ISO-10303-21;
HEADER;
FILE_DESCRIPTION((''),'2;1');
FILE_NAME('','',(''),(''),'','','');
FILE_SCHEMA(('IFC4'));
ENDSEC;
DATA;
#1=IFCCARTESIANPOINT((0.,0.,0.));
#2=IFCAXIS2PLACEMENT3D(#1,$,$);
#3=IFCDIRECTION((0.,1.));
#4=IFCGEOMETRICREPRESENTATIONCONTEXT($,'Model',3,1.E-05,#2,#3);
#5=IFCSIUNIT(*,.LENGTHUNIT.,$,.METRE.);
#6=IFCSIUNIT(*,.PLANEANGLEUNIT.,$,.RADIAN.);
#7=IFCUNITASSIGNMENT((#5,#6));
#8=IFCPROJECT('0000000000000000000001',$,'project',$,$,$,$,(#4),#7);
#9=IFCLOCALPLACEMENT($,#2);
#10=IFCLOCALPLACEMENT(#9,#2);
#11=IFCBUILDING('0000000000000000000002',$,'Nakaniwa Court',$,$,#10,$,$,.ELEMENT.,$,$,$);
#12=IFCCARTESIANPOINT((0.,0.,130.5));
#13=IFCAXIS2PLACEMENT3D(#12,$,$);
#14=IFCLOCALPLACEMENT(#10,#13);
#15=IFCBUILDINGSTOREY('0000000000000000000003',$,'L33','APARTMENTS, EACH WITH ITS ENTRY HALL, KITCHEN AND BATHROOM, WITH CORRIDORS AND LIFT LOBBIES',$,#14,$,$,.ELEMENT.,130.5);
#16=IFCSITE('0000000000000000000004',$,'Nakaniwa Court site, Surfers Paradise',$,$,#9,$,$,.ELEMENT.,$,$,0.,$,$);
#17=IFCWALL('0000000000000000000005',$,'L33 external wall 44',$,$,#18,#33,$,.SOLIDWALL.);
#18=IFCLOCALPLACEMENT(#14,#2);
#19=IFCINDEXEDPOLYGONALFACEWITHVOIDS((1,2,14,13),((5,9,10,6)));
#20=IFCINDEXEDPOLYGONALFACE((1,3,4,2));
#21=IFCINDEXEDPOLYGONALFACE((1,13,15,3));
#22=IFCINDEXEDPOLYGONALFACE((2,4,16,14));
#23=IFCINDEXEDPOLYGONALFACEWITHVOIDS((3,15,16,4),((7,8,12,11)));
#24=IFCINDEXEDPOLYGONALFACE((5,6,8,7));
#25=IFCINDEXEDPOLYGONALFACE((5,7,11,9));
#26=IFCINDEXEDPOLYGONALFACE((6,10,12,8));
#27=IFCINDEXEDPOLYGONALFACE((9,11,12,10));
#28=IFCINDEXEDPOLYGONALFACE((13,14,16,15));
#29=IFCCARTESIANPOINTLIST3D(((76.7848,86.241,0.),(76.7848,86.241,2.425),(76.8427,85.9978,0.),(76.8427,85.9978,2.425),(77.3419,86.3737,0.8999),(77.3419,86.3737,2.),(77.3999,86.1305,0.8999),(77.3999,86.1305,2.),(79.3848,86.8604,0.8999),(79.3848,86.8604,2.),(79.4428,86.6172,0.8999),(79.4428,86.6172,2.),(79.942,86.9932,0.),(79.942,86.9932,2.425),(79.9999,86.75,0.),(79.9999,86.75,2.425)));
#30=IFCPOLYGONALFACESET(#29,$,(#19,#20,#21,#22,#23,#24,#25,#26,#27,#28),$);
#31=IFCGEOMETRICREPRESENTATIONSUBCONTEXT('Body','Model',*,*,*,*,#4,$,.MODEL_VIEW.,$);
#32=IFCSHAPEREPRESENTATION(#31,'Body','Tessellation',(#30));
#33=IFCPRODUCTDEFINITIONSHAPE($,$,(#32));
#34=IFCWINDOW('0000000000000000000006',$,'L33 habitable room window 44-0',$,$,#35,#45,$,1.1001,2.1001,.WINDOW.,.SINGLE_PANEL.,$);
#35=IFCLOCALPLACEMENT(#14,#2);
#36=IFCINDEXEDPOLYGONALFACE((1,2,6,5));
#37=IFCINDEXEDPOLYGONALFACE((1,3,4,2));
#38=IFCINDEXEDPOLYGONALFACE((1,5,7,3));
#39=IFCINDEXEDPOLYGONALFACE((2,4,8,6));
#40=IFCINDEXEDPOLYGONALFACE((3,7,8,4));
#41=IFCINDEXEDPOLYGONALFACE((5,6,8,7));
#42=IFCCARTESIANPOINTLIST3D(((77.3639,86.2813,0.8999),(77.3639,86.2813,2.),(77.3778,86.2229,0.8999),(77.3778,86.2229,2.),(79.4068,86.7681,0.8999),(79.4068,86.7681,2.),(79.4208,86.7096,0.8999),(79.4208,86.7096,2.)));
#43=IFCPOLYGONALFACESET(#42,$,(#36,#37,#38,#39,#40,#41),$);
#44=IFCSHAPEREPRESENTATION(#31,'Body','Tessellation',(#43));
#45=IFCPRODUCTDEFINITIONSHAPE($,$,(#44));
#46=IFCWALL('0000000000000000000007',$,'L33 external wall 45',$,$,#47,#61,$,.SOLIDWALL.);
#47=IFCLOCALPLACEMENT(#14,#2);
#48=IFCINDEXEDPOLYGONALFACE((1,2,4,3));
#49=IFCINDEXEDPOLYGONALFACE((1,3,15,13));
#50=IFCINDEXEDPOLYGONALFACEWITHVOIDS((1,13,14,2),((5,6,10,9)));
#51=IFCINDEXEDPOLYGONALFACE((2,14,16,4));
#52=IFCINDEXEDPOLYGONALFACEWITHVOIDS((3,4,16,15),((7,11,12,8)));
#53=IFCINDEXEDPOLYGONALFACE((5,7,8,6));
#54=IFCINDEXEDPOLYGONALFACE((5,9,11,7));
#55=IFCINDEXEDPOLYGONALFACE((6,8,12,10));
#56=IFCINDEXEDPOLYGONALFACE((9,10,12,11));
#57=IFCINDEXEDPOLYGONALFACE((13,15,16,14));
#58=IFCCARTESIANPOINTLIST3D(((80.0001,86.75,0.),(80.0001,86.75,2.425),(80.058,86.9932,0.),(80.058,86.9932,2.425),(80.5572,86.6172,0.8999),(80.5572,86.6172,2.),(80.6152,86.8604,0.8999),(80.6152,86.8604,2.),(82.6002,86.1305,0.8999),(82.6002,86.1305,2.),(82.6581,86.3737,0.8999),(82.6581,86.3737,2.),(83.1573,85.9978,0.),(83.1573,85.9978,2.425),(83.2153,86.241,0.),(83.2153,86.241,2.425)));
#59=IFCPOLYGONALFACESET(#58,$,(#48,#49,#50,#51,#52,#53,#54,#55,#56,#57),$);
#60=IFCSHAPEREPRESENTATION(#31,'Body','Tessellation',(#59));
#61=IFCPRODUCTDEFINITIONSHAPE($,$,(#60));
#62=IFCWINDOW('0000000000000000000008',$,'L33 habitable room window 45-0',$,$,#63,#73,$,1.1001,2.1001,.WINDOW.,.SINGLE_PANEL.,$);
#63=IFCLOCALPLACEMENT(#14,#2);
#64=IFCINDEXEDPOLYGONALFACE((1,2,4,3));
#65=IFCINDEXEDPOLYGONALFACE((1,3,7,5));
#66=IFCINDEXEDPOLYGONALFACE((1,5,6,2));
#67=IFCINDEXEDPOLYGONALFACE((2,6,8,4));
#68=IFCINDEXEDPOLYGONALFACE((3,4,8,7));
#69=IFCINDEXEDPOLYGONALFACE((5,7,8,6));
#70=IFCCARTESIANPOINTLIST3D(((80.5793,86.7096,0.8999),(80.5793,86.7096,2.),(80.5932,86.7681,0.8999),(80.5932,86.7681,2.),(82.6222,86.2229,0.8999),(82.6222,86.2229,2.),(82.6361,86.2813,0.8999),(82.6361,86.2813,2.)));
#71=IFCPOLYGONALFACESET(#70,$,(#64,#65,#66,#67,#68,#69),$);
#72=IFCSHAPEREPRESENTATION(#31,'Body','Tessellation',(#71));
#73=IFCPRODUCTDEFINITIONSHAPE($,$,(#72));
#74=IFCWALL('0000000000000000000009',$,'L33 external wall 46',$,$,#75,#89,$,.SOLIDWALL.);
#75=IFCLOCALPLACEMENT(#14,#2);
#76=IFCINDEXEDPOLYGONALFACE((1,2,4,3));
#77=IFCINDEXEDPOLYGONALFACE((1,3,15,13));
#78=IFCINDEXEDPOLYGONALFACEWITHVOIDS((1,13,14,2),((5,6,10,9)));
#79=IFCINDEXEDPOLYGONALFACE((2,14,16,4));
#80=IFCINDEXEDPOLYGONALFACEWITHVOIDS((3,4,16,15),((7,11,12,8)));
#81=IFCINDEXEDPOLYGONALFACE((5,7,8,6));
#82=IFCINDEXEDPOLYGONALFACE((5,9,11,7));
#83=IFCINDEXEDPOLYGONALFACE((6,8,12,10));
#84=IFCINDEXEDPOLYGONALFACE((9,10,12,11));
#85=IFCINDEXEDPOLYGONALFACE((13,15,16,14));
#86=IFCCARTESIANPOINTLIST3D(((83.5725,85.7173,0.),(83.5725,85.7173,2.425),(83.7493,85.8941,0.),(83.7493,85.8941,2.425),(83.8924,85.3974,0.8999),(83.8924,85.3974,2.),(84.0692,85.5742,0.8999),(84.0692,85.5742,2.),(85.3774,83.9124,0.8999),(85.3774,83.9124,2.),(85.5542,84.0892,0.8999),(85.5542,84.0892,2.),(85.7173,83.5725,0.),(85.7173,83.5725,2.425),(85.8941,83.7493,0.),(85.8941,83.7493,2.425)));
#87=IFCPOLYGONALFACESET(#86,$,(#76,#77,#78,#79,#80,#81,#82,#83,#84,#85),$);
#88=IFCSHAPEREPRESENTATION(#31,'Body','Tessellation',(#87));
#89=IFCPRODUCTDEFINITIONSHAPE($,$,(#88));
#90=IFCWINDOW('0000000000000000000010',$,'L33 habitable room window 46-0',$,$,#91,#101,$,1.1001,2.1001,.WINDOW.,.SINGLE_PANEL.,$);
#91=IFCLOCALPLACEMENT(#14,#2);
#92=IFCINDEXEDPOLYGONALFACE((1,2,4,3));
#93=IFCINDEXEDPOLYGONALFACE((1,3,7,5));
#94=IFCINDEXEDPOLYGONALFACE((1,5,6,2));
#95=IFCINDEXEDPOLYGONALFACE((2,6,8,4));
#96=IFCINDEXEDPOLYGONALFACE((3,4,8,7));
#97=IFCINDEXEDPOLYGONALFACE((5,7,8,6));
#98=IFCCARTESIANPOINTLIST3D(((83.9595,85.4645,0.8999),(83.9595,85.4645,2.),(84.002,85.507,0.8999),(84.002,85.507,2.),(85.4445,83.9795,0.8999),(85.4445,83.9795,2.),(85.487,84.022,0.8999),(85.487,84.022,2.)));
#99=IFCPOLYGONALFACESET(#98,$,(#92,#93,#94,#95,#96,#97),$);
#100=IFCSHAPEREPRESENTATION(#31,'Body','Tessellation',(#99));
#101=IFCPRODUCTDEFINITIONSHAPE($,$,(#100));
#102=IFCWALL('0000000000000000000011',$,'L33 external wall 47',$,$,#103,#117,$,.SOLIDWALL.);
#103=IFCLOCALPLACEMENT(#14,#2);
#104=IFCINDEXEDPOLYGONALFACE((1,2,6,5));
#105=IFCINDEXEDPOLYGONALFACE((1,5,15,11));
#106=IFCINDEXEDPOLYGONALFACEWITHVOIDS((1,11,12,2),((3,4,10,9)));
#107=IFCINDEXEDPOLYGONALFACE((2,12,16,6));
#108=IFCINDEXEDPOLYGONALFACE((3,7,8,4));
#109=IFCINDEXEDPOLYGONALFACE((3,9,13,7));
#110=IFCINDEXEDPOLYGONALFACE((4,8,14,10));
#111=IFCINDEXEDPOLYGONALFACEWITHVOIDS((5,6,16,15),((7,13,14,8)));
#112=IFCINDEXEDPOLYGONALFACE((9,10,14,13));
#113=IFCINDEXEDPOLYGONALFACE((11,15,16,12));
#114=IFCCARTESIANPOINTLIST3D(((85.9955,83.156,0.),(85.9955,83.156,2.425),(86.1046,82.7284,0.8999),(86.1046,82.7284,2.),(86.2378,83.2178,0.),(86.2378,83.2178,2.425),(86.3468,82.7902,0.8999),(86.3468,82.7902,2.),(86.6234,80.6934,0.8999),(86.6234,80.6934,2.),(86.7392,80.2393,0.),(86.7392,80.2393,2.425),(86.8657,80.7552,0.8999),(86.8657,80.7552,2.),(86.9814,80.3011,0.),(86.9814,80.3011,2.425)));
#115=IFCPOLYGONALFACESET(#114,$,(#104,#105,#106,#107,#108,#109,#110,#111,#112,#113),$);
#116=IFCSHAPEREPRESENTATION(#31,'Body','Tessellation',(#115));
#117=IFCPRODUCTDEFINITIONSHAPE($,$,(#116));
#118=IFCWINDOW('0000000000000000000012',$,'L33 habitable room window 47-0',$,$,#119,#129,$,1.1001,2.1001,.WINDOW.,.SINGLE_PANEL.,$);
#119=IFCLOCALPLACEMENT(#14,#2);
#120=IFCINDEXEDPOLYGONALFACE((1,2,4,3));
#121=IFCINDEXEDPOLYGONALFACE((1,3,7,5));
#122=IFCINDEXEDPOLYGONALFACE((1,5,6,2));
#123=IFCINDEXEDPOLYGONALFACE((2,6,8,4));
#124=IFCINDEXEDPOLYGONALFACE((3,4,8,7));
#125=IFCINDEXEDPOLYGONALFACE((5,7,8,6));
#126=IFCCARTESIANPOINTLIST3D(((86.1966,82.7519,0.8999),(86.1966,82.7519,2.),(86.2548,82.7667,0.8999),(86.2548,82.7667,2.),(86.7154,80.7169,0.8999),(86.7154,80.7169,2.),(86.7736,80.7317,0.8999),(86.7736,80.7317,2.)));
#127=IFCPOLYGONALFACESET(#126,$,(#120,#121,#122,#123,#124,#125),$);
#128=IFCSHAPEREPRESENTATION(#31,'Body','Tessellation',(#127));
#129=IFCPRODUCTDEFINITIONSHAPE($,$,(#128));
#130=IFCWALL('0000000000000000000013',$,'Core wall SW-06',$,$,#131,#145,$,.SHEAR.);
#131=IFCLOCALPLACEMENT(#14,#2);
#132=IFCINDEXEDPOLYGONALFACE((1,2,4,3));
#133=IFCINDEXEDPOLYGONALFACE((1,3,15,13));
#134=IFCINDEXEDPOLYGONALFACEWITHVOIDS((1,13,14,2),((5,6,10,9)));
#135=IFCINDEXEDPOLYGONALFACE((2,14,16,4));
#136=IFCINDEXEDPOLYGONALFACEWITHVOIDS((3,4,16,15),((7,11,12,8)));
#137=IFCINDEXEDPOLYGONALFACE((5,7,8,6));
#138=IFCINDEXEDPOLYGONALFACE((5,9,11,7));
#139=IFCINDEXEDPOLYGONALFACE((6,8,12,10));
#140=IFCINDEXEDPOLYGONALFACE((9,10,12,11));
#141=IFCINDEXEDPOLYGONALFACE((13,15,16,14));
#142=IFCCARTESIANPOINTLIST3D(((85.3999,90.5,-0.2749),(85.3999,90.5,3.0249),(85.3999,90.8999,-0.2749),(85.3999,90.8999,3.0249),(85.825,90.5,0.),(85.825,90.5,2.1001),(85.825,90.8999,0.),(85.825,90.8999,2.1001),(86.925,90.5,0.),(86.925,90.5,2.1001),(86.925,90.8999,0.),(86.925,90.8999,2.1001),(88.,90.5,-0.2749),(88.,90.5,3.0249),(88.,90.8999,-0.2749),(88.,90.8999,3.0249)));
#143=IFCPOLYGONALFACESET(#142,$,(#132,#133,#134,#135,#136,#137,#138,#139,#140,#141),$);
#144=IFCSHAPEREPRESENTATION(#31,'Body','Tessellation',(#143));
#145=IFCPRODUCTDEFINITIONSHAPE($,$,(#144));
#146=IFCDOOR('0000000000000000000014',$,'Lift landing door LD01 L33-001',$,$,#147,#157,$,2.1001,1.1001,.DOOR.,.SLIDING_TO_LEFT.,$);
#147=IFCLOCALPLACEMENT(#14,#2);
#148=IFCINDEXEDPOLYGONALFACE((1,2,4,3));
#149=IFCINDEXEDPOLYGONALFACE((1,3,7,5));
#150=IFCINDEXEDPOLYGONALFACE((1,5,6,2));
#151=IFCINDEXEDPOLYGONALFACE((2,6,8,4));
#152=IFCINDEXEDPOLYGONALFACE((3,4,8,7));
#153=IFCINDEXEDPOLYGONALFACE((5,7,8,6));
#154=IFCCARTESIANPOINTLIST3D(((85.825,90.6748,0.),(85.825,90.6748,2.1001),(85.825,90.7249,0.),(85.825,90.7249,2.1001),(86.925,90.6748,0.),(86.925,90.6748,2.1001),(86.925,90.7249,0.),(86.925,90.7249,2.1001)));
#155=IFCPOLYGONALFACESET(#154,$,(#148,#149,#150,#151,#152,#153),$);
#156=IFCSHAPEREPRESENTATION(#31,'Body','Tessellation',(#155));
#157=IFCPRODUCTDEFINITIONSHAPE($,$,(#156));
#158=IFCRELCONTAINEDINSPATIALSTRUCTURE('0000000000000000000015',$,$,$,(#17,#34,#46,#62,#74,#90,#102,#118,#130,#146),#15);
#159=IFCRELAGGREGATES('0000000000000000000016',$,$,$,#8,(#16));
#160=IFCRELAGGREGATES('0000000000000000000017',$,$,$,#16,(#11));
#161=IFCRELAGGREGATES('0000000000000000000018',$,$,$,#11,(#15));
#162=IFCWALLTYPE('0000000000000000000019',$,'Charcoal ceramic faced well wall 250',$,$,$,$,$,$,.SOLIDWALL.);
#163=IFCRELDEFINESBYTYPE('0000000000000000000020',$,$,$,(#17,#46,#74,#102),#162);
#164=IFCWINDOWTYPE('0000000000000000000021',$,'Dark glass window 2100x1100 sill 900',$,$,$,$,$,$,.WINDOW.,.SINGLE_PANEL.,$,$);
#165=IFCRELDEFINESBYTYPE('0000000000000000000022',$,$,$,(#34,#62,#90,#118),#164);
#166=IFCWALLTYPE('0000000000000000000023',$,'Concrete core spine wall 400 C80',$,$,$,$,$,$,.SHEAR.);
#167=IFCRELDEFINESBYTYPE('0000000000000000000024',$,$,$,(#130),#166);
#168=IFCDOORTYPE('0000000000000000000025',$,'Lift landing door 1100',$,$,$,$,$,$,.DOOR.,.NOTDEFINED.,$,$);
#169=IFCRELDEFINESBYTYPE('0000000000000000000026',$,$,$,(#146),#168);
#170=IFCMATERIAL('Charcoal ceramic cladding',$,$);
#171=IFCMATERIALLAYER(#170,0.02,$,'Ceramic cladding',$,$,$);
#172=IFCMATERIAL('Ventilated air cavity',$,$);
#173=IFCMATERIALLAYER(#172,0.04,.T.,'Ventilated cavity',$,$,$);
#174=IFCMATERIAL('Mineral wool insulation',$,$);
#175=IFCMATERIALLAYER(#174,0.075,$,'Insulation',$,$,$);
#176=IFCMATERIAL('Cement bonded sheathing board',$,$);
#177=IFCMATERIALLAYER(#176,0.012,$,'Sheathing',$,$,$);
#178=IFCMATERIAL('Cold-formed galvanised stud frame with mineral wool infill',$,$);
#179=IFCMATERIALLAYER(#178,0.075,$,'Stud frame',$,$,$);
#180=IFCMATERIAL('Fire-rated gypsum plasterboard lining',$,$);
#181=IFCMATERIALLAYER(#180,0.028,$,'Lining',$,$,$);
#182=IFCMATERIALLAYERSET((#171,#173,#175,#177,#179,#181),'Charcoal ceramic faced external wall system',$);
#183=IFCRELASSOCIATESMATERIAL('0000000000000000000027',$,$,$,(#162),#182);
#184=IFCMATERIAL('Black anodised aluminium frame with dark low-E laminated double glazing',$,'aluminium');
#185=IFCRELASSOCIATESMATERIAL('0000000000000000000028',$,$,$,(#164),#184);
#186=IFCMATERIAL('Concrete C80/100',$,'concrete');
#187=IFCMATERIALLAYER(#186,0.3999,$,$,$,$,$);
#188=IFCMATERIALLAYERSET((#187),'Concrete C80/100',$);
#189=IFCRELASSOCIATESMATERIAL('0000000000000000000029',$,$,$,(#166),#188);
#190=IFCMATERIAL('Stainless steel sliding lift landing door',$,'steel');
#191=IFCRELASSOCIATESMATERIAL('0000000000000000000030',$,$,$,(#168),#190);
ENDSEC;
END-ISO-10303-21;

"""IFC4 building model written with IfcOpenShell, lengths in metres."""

from ifc_helpers import new_model, si_unit, direction, frame, frame_2d, origin, place, context, subcontext, project, spatial, rectangle, extrude, material, layer, layer_set, type_object, element, fill, save


model = new_model("IFC4")

# Units and contexts
model_context = context("Model", 3, precision=1e-05, world=origin(), true_north=direction((0.0, 1.0)))
body_context = subcontext(model_context, "Body", "Model", "MODEL_VIEW")
ifc_project = project(units=[si_unit("LENGTHUNIT", "METRE"), si_unit("PLANEANGLEUNIT", "RADIAN")], contexts=[model_context])

# Site, building, storey
site_placement = place(None, origin())
site = spatial("IfcSite", under=ifc_project, at=site_placement, Name="Nakaniwa Court site, Surfers Paradise", CompositionType="ELEMENT", RefElevation=0.0)
building_placement = place(site_placement, origin())
building = spatial("IfcBuilding", under=site, at=building_placement, Name="Nakaniwa Court", CompositionType="ELEMENT")
storey_placement = place(building_placement, frame((0.0, 0.0, 130.5)))
storey = spatial("IfcBuildingStorey", under=building, at=storey_placement, Name="L33", Description="APARTMENTS, EACH WITH ITS ENTRY HALL, KITCHEN AND BATHROOM, WITH CORRIDORS AND LIFT LOBBIES", CompositionType="ELEMENT", Elevation=130.5)

# Shared definitions
ifc_material_1 = material(Name="Concrete C80/100", Category="concrete")

# Walls, openings, windows
ifc_material_2 = material(Name="Charcoal ceramic cladding")
ifc_layer_1 = layer(ifc_material_2, 0.02, Name="Ceramic cladding")
ifc_material_3 = material(Name="Ventilated air cavity")
ifc_layer_2 = layer(ifc_material_3, 0.04, ventilated=True, Name="Ventilated cavity")
ifc_material_4 = material(Name="Mineral wool insulation")
ifc_layer_3 = layer(ifc_material_4, 0.075, Name="Insulation")
ifc_material_5 = material(Name="Cement bonded sheathing board")
ifc_layer_4 = layer(ifc_material_5, 0.012, Name="Sheathing")
ifc_material_6 = material(Name="Cold-formed galvanised stud frame with mineral wool infill")
ifc_layer_5 = layer(ifc_material_6, 0.075, Name="Stud frame")
ifc_material_7 = material(Name="Fire-rated gypsum plasterboard lining")
ifc_layer_6 = layer(ifc_material_7, 0.028, Name="Lining")
ifc_layer_set_1 = layer_set([ifc_layer_1, ifc_layer_2, ifc_layer_3, ifc_layer_4, ifc_layer_5, ifc_layer_6], Name="Charcoal ceramic faced external wall system")
wall_type_1 = type_object("IfcWallType", Name="Charcoal ceramic faced well wall 250", PredefinedType="SOLIDWALL", material=ifc_layer_set_1)
wall_1_placement = place(storey_placement, frame((76.8137, 86.1194, 0.0), z_axis=(0.0, 0.0, 1.0), x_axis=(0.972773, 0.23176, 0.0)))
wall_1 = element("IfcWall", 1, at=wall_1_placement, inside=storey, type_object=wall_type_1, Name="L33 external wall 44", PredefinedType="SOLIDWALL", context=body_context, shape_type="SweptSolid", body=[
    extrude(rectangle(XDim=3.2456, YDim=0.25, at=frame_2d((1.6228, 0.0))), origin(), (0.0, 0.0, 1.0), 2.425),
])
opening_1_placement = place(wall_1_placement, frame((0.5728, 0.0, 0.8999)))
opening_1 = element("IfcOpeningElement", 2, at=opening_1_placement, cuts=wall_1, PredefinedType="OPENING", context=body_context, shape_type="SweptSolid", body=[
    extrude(rectangle(XDim=2.1001, YDim=1.1001, at=frame_2d((1.05, 0.55))), frame((0.0, 0.135, 0.0), z_axis=(0.0, -1.0, 0.0), x_axis=(1.0, 0.0, 0.0)), (0.0, 0.0, 1.0), 0.27),
])
ifc_material_8 = material(Name="Black anodised aluminium frame with dark low-E laminated double glazing", Category="aluminium")
window_type = type_object("IfcWindowType", Name="Dark glass window 2100x1100 sill 900", PartitioningType="SINGLE_PANEL", PredefinedType="WINDOW", material=ifc_material_8)
window_1_placement = place(opening_1_placement, origin())
window_1 = element("IfcWindow", 3, at=window_1_placement, inside=storey, type_object=window_type, Name="L33 habitable room window 44-0", OverallHeight=1.1001, OverallWidth=2.1001, PartitioningType="SINGLE_PANEL", PredefinedType="WINDOW", context=body_context, shape_type="SweptSolid", body=[
    extrude(rectangle(XDim=2.1001, YDim=1.1001, at=frame_2d((1.05, 0.55))), frame((0.0, 0.03, 0.0), z_axis=(0.0, -1.0, 0.0), x_axis=(1.0, 0.0, 0.0)), (0.0, 0.0, 1.0), 0.0601),
])
fill(opening_1, window_1)
wall_2_placement = place(storey_placement, frame((80.0291, 86.8716, 0.0), z_axis=(0.0, 0.0, 1.0), x_axis=(0.972773, -0.23176, 0.0)))
wall_2 = element("IfcWall", 4, at=wall_2_placement, inside=storey, type_object=wall_type_1, Name="L33 external wall 45", PredefinedType="SOLIDWALL", context=body_context, shape_type="SweptSolid", body=[
    extrude(rectangle(XDim=3.2456, YDim=0.25, at=frame_2d((1.6228, 0.0))), origin(), (0.0, 0.0, 1.0), 2.425),
])
opening_2_placement = place(wall_2_placement, frame((0.5728, 0.0, 0.8999)))
opening_2 = element("IfcOpeningElement", 5, at=opening_2_placement, cuts=wall_2, PredefinedType="OPENING", context=body_context, shape_type="SweptSolid", body=[
    extrude(rectangle(XDim=2.1001, YDim=1.1001, at=frame_2d((1.05, 0.55))), frame((0.0, 0.135, 0.0), z_axis=(0.0, -1.0, 0.0), x_axis=(1.0, 0.0, 0.0)), (0.0, 0.0, 1.0), 0.27),
])
window_2_placement = place(opening_2_placement, origin())
window_2 = element("IfcWindow", 6, at=window_2_placement, inside=storey, type_object=window_type, Name="L33 habitable room window 45-0", OverallHeight=1.1001, OverallWidth=2.1001, PartitioningType="SINGLE_PANEL", PredefinedType="WINDOW", context=body_context, shape_type="SweptSolid", body=[
    extrude(rectangle(XDim=2.1001, YDim=1.1001, at=frame_2d((1.05, 0.55))), frame((0.0, 0.03, 0.0), z_axis=(0.0, -1.0, 0.0), x_axis=(1.0, 0.0, 0.0)), (0.0, 0.0, 1.0), 0.0601),
])
fill(opening_2, window_2)
wall_3_placement = place(storey_placement, frame((83.6609, 85.8057, 0.0), z_axis=(0.0, 0.0, 1.0), x_axis=(0.707107, -0.707107, 0.0)))
wall_3 = element("IfcWall", 7, at=wall_3_placement, inside=storey, type_object=wall_type_1, Name="L33 external wall 46", PredefinedType="SOLIDWALL", context=body_context, shape_type="SweptSolid", body=[
    extrude(rectangle(XDim=3.0332, YDim=0.25, at=frame_2d((1.5166, 0.0))), origin(), (0.0, 0.0, 1.0), 2.425),
])
opening_3_placement = place(wall_3_placement, frame((0.4524, 0.0, 0.8999)))
opening_3 = element("IfcOpeningElement", 8, at=opening_3_placement, cuts=wall_3, PredefinedType="OPENING", context=body_context, shape_type="SweptSolid", body=[
    extrude(rectangle(XDim=2.1001, YDim=1.1001, at=frame_2d((1.05, 0.55))), frame((0.0, 0.135, 0.0), z_axis=(0.0, -1.0, 0.0), x_axis=(1.0, 0.0, 0.0)), (0.0, 0.0, 1.0), 0.27),
])
window_3_placement = place(opening_3_placement, origin())
window_3 = element("IfcWindow", 9, at=window_3_placement, inside=storey, type_object=window_type, Name="L33 habitable room window 46-0", OverallHeight=1.1001, OverallWidth=2.1001, PartitioningType="SINGLE_PANEL", PredefinedType="WINDOW", context=body_context, shape_type="SweptSolid", body=[
    extrude(rectangle(XDim=2.1001, YDim=1.1001, at=frame_2d((1.05, 0.55))), frame((0.0, 0.03, 0.0), z_axis=(0.0, -1.0, 0.0), x_axis=(1.0, 0.0, 0.0)), (0.0, 0.0, 1.0), 0.0601),
])
fill(opening_3, window_3)
wall_4_placement = place(storey_placement, frame((86.1167, 83.1868, 0.0), z_axis=(0.0, 0.0, 1.0), x_axis=(0.247056, -0.969001, 0.0)))
wall_4 = element("IfcWall", 10, at=wall_4_placement, inside=storey, type_object=wall_type_1, Name="L33 external wall 47", PredefinedType="SOLIDWALL", context=body_context, shape_type="SweptSolid", body=[
    extrude(rectangle(XDim=3.01, YDim=0.25, at=frame_2d((1.5049, 0.0))), origin(), (0.0, 0.0, 1.0), 2.425),
])
opening_4_placement = place(wall_4_placement, frame((0.4412, 0.0, 0.8999)))
opening_4 = element("IfcOpeningElement", 11, at=opening_4_placement, cuts=wall_4, PredefinedType="OPENING", context=body_context, shape_type="SweptSolid", body=[
    extrude(rectangle(XDim=2.1001, YDim=1.1001, at=frame_2d((1.05, 0.55))), frame((0.0, 0.135, 0.0), z_axis=(0.0, -1.0, 0.0), x_axis=(1.0, 0.0, 0.0)), (0.0, 0.0, 1.0), 0.27),
])
window_4_placement = place(opening_4_placement, origin())
window_4 = element("IfcWindow", 12, at=window_4_placement, inside=storey, type_object=window_type, Name="L33 habitable room window 47-0", OverallHeight=1.1001, OverallWidth=2.1001, PartitioningType="SINGLE_PANEL", PredefinedType="WINDOW", context=body_context, shape_type="SweptSolid", body=[
    extrude(rectangle(XDim=2.1001, YDim=1.1001, at=frame_2d((1.05, 0.55))), frame((0.0, 0.03, 0.0), z_axis=(0.0, -1.0, 0.0), x_axis=(1.0, 0.0, 0.0)), (0.0, 0.0, 1.0), 0.0601),
])
fill(opening_4, window_4)

# Wall, opening, door
ifc_layer_7 = layer(ifc_material_1, 0.3999)
ifc_layer_set_2 = layer_set([ifc_layer_7], Name="Concrete C80/100")
wall_type_2 = type_object("IfcWallType", Name="Concrete core spine wall 400 C80", PredefinedType="SHEAR", material=ifc_layer_set_2)
wall_5_placement = place(storey_placement, frame((85.3999, 90.7, -0.2749), z_axis=(0.0, 0.0, 1.0), x_axis=(1.0, 0.0, 0.0)))
wall_5 = element("IfcWall", 13, at=wall_5_placement, inside=storey, type_object=wall_type_2, Name="Core wall SW-06", PredefinedType="SHEAR", context=body_context, shape_type="SweptSolid", body=[
    extrude(rectangle(XDim=2.6001, YDim=0.3999, at=frame_2d((1.3, 0.0))), origin(), (0.0, 0.0, 1.0), 3.2998),
])
opening_5_placement = place(wall_5_placement, frame((0.425, 0.0, 0.2749)))
opening_5 = element("IfcOpeningElement", 14, at=opening_5_placement, cuts=wall_5, PredefinedType="OPENING", context=body_context, shape_type="SweptSolid", body=[
    extrude(rectangle(XDim=1.1001, YDim=2.1001, at=frame_2d((0.55, 1.05))), frame((0.0, 0.21, 0.0), z_axis=(0.0, -1.0, 0.0), x_axis=(1.0, 0.0, 0.0)), (0.0, 0.0, 1.0), 0.4199),
])
ifc_material_9 = material(Name="Stainless steel sliding lift landing door", Category="steel")
door_type_1 = type_object("IfcDoorType", Name="Lift landing door 1100", OperationType="NOTDEFINED", PredefinedType="DOOR", material=ifc_material_9)
door_1_placement = place(opening_5_placement, origin())
door_1 = element("IfcDoor", 15, at=door_1_placement, inside=storey, type_object=door_type_1, Name="Lift landing door LD01 L33-001", OperationType="SLIDING_TO_LEFT", OverallHeight=2.1001, OverallWidth=1.1001, PredefinedType="DOOR", context=body_context, shape_type="SweptSolid", body=[
    extrude(rectangle(XDim=1.1001, YDim=2.1001, at=frame_2d((0.55, 1.05))), frame((0.0, 0.0249, 0.0), z_axis=(0.0, -1.0, 0.0), x_axis=(1.0, 0.0, 0.0)), (0.0, 0.0, 1.0), 0.05),
])
fill(opening_5, door_1)

save(model, "model.ifc")
